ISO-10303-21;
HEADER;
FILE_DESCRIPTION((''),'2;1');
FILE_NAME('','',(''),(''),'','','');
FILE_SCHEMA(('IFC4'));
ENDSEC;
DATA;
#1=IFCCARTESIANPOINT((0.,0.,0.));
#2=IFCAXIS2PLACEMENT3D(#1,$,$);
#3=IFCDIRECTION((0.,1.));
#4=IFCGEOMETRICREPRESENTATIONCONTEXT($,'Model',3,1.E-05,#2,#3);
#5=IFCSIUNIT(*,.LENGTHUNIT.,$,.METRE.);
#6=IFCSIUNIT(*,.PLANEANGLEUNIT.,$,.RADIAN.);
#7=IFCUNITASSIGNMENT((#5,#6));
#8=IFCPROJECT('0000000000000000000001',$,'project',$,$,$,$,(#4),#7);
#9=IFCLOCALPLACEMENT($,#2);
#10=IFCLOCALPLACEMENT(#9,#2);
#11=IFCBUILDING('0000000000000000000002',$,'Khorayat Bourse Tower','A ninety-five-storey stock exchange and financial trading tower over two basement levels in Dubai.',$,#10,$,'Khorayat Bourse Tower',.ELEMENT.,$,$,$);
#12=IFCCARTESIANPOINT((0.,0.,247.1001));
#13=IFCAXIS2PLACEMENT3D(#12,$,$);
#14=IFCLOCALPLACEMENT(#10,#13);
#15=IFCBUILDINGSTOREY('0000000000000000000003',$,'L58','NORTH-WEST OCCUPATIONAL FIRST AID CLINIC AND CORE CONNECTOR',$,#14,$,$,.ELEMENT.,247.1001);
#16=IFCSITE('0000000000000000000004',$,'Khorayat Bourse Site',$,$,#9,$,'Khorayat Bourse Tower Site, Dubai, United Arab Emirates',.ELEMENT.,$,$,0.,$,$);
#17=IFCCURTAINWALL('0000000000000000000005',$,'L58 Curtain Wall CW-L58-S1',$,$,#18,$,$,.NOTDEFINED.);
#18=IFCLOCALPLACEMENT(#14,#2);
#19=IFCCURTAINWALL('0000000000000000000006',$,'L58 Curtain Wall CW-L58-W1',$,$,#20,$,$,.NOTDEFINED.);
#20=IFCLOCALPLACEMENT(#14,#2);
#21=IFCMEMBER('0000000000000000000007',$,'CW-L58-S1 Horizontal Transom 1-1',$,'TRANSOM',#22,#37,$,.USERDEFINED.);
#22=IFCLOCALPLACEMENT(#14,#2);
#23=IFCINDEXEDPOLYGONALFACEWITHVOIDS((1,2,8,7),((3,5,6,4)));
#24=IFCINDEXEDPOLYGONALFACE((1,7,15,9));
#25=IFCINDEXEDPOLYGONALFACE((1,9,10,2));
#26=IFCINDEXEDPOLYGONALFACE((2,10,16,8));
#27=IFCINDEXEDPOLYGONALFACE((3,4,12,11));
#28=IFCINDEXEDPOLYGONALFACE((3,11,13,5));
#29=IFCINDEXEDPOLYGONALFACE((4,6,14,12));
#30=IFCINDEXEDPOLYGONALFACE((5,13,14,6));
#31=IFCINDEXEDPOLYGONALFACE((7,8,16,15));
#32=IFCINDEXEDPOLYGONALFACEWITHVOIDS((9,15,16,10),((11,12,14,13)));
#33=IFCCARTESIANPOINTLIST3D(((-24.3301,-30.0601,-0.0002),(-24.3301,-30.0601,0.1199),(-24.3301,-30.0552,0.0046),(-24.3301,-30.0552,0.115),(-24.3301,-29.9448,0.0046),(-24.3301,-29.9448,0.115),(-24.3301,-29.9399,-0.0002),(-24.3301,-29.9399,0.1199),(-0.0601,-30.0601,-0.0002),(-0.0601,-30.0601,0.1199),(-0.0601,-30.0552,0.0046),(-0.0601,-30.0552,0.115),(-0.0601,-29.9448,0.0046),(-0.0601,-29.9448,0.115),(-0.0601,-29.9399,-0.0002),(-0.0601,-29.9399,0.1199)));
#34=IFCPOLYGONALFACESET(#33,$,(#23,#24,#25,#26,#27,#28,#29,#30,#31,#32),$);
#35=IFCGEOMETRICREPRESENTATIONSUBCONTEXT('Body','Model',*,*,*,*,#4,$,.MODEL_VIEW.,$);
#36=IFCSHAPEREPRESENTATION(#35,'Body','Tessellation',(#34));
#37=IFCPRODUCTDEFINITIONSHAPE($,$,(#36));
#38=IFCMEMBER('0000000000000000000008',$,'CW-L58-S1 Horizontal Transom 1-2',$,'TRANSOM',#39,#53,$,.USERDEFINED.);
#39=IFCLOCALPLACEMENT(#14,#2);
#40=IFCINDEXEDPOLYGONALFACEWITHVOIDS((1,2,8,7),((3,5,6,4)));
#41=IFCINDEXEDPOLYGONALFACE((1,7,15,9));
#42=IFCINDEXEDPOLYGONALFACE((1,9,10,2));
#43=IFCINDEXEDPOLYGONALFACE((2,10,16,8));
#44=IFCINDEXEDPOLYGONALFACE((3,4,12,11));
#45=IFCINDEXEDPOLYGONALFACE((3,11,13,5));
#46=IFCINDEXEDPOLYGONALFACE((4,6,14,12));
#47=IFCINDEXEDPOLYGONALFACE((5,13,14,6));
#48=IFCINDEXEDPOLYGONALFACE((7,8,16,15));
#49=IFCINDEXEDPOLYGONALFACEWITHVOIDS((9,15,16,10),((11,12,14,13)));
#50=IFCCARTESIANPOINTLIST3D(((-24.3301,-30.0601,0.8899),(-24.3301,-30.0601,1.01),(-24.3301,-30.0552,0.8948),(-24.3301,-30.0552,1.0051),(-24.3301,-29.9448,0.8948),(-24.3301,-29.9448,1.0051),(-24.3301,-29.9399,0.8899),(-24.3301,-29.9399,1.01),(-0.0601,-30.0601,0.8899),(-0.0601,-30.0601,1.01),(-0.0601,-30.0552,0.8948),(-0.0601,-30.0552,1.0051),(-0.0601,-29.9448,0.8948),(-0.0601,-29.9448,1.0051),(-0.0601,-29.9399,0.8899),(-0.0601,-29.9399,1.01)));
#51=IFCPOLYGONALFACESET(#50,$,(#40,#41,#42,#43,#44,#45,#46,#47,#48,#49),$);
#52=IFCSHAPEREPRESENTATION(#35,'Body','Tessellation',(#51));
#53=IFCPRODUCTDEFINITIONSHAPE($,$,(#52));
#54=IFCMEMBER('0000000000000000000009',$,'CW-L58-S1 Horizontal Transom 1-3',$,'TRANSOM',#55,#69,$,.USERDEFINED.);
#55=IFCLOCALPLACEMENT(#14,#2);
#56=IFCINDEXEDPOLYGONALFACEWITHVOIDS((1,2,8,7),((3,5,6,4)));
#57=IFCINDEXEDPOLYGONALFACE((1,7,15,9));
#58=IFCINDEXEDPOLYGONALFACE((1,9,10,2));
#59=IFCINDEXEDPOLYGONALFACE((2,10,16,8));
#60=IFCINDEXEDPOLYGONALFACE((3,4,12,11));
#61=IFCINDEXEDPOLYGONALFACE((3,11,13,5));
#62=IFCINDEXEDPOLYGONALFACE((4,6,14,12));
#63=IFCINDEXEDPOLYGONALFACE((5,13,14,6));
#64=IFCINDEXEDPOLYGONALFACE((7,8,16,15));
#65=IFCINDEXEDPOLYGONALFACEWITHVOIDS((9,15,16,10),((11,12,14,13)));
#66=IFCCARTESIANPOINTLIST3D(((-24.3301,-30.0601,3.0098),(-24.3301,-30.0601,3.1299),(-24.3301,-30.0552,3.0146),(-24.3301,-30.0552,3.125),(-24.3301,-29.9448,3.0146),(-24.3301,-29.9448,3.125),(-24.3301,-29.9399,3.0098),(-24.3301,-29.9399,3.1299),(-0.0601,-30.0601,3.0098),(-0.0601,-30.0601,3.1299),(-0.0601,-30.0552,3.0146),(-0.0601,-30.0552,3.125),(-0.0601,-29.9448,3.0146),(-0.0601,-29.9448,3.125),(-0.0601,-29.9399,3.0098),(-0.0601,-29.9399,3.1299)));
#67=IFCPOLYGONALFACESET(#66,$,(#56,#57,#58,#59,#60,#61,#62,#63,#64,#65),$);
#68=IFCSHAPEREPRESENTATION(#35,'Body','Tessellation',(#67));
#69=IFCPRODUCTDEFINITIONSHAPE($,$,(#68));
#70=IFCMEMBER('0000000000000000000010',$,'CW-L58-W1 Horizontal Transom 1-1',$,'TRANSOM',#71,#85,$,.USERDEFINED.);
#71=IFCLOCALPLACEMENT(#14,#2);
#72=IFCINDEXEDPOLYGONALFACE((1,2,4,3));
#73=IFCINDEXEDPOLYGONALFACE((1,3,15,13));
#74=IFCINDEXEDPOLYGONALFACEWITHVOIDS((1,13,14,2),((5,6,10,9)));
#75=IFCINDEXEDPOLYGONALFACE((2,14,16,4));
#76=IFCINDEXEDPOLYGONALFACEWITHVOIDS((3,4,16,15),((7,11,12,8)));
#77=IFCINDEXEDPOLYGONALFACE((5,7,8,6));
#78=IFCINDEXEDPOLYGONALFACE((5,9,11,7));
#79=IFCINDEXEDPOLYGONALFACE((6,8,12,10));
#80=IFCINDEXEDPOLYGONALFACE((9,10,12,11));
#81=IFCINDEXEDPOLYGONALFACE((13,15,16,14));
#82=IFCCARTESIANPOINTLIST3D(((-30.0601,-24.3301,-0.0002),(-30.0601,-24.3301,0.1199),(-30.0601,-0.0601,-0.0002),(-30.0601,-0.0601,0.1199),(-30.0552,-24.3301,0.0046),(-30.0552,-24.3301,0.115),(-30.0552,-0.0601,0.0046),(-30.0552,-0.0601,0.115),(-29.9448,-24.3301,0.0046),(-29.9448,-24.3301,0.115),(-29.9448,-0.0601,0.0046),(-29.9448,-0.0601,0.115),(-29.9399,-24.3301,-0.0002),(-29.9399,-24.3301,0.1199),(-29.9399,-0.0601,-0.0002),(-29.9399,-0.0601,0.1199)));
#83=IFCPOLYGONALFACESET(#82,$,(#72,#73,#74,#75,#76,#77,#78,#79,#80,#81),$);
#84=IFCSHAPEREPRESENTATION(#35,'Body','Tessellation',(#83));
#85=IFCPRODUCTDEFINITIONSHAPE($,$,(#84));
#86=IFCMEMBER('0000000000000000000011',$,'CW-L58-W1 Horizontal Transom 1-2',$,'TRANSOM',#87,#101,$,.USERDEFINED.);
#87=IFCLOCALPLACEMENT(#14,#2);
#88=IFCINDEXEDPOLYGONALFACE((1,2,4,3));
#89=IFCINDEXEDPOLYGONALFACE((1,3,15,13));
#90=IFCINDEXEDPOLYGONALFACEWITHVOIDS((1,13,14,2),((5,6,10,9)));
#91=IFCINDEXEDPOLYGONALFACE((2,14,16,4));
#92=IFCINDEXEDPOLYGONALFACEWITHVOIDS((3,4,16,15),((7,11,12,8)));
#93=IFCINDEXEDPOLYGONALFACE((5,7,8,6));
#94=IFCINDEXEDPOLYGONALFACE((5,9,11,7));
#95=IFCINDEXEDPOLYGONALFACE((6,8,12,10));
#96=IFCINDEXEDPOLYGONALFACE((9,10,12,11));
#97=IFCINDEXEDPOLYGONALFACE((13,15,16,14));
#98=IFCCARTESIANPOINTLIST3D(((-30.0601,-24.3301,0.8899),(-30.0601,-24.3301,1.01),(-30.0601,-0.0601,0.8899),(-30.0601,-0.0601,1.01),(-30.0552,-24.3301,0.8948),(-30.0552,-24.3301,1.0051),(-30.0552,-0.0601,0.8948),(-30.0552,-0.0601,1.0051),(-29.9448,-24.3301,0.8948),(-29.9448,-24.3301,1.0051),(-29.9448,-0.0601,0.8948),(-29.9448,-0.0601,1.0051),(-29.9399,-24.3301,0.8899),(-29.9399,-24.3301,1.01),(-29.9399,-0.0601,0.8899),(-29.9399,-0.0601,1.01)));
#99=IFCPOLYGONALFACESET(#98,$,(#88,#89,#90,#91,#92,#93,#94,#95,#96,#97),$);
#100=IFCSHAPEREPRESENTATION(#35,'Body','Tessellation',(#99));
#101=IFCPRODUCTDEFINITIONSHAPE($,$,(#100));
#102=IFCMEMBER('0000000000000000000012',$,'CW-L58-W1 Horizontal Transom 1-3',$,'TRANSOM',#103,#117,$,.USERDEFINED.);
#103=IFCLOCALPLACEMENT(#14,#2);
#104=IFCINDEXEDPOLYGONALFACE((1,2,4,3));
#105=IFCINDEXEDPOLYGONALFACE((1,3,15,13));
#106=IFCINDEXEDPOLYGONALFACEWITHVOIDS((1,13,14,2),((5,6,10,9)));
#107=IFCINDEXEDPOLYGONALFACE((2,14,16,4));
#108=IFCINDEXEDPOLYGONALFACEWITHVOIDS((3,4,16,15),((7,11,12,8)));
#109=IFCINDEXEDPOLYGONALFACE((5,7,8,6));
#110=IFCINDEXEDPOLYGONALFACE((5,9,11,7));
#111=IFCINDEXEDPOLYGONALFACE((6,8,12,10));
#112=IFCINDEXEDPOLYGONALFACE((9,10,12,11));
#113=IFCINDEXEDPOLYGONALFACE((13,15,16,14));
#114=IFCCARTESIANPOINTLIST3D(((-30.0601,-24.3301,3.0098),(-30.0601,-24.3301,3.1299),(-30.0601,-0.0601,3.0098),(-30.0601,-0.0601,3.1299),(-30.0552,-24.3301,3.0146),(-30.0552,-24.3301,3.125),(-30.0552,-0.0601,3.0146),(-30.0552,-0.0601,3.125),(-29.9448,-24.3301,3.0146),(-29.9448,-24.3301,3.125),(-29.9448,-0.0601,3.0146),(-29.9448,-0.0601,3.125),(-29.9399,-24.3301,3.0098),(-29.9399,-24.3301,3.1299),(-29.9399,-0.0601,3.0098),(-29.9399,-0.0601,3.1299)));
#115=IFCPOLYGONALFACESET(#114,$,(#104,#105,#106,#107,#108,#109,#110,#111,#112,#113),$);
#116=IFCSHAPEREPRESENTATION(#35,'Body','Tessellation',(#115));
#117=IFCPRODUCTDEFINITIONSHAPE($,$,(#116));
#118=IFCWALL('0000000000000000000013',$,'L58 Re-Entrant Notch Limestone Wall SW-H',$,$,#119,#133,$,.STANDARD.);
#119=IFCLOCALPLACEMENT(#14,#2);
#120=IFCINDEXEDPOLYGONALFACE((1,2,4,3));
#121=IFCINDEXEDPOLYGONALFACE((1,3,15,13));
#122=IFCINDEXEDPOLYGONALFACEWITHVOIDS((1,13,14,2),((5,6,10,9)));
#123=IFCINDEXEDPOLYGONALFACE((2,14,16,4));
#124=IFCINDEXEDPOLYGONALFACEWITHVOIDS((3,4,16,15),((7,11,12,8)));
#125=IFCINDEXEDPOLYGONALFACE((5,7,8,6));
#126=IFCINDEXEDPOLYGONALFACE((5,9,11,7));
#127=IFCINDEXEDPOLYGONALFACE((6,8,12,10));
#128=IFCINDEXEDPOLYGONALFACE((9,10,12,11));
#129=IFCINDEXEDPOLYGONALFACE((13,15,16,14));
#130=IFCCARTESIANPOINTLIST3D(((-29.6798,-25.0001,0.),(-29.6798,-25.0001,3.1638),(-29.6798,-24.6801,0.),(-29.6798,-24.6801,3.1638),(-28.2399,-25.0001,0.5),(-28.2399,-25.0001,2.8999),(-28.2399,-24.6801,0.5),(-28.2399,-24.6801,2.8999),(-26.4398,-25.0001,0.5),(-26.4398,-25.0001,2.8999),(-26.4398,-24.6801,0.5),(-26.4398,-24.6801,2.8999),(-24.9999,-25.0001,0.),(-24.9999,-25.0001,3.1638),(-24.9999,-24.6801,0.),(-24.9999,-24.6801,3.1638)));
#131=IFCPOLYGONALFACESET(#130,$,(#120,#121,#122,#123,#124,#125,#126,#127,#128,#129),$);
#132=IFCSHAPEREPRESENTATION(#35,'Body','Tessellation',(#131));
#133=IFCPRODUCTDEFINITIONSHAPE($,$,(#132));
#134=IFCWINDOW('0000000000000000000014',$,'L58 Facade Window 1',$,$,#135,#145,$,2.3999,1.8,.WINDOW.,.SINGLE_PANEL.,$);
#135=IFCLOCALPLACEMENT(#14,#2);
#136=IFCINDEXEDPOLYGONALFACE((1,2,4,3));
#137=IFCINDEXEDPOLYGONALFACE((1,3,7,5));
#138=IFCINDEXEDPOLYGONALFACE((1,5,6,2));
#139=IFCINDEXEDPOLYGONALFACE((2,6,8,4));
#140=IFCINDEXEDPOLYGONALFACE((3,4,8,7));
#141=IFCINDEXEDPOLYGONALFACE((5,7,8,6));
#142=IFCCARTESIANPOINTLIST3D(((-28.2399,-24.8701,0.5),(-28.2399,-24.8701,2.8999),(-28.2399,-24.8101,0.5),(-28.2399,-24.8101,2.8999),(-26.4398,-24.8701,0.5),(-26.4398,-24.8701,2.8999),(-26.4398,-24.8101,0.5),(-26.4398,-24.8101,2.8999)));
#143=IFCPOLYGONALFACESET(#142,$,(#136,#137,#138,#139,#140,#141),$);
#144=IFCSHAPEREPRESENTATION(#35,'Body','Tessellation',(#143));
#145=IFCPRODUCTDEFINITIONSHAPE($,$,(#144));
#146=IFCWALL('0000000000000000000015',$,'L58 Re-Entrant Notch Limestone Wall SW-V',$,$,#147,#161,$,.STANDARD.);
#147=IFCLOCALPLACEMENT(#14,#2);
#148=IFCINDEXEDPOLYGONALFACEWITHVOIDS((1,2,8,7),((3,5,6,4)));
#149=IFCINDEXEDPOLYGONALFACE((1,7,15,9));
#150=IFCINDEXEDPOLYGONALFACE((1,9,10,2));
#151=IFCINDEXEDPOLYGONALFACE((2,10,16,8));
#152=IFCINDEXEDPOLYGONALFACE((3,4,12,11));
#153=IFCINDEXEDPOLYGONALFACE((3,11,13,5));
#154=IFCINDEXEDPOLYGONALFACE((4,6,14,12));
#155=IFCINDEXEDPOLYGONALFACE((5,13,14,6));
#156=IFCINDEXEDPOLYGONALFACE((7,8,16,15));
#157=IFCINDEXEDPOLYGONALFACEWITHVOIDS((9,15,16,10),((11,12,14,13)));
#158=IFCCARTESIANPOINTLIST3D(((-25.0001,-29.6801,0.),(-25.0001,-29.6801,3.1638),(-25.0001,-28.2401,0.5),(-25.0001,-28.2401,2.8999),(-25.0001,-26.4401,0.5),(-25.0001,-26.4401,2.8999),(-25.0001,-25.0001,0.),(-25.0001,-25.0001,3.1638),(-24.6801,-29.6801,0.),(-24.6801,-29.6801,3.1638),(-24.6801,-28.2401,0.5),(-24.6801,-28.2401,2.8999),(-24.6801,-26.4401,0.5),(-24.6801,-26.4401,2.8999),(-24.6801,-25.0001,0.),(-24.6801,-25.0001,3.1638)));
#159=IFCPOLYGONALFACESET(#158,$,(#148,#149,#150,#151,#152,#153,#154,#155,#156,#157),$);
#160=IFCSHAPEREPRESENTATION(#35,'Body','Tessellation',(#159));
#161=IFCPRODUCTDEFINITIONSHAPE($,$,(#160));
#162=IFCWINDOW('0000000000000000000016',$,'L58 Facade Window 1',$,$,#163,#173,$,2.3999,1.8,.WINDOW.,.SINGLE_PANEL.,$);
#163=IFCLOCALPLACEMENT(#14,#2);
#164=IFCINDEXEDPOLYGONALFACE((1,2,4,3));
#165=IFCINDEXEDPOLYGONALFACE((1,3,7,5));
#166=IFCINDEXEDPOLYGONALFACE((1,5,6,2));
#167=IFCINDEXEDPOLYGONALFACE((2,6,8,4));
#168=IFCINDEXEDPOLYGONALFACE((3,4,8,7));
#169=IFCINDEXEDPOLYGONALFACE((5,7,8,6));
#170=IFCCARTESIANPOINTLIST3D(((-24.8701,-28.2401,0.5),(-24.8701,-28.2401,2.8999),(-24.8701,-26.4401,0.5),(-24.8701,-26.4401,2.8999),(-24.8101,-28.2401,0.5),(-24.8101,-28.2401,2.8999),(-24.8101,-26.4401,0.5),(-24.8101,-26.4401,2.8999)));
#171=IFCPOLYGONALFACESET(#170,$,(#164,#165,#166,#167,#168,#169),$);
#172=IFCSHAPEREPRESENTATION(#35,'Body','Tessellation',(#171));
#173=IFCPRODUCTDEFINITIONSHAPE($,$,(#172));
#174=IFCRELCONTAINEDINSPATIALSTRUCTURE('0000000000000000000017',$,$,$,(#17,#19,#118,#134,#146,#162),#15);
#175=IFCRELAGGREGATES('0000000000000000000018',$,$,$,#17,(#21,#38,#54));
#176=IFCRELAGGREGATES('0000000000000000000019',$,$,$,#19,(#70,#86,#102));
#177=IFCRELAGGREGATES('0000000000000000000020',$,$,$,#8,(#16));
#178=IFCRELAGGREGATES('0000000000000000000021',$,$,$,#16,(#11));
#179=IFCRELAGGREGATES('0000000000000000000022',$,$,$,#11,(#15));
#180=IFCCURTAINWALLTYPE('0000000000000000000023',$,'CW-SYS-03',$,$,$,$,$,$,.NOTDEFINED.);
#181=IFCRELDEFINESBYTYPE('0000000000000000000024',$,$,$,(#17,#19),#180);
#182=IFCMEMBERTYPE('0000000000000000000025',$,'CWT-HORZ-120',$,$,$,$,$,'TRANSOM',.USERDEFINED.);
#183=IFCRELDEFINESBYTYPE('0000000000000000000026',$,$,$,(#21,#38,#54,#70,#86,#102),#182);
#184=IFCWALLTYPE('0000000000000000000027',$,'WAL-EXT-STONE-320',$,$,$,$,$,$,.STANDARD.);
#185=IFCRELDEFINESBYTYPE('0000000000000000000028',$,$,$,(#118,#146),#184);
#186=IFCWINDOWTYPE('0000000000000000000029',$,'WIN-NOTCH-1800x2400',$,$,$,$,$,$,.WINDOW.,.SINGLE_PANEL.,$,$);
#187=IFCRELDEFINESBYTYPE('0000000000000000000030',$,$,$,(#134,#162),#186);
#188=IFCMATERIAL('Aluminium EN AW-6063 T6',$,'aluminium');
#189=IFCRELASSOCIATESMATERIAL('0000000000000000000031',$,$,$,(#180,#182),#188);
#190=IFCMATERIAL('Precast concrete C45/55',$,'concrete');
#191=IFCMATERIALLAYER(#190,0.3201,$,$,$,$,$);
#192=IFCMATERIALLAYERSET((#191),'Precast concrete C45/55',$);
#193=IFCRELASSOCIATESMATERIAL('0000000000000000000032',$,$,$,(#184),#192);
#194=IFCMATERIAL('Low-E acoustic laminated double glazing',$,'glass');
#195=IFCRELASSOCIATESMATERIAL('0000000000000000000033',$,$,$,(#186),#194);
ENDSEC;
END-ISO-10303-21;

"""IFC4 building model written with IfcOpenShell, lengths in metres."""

from ifc_helpers import new_model, si_unit, direction, frame, frame_2d, origin, origin_2d, place, context, subcontext, project, spatial, rectangle, hollow_rectangle, extrude, source, transform, mapped, material, layer, layer_set, material_profile, profile_set, type_object, element, fill, aggregate, save


model = new_model("IFC4")

# Units and contexts
model_context = context("Model", 3, precision=1e-05, world=origin(), true_north=direction((0.0, 1.0)))
body_context = subcontext(model_context, "Body", "Model", "MODEL_VIEW")
ifc_project = project(units=[si_unit("LENGTHUNIT", "METRE"), si_unit("PLANEANGLEUNIT", "RADIAN")], contexts=[model_context])

# Site, building, storey
site_placement = place(None, origin())
site = spatial("IfcSite", under=ifc_project, at=site_placement, Name="Khorayat Bourse Site", LongName="Khorayat Bourse Tower Site, Dubai, United Arab Emirates", CompositionType="ELEMENT", RefElevation=0.0)
building_placement = place(site_placement, origin())
building = spatial("IfcBuilding", under=site, at=building_placement, Name="Khorayat Bourse Tower", Description="A ninety-five-storey stock exchange and financial trading tower over two basement levels in Dubai.", LongName="Khorayat Bourse Tower", CompositionType="ELEMENT")
storey_placement = place(building_placement, frame((0.0, 0.0, 247.1001)))
storey = spatial("IfcBuildingStorey", under=building, at=storey_placement, Name="L58", Description="NORTH-WEST OCCUPATIONAL FIRST AID CLINIC AND CORE CONNECTOR", CompositionType="ELEMENT", Elevation=247.1001)

# Curtain walls
ifc_material_1 = material(Name="Aluminium EN AW-6063 T6", Category="aluminium")
curtain_wall_type = type_object("IfcCurtainWallType", Name="CW-SYS-03", PredefinedType="NOTDEFINED", material=ifc_material_1)
curtain_wall_1_placement = place(storey_placement, origin())
curtain_wall_1 = element("IfcCurtainWall", 1, at=curtain_wall_1_placement, inside=storey, type_object=curtain_wall_type, Name="L58 Curtain Wall CW-L58-S1", PredefinedType="NOTDEFINED")
curtain_wall_2_placement = place(storey_placement, origin())
curtain_wall_2 = element("IfcCurtainWall", 2, at=curtain_wall_2_placement, inside=storey, type_object=curtain_wall_type, Name="L58 Curtain Wall CW-L58-W1", PredefinedType="NOTDEFINED")

# Members
ifc_material_profile_1 = material_profile(ifc_material_1, hollow_rectangle(XDim=0.1201, YDim=0.1201, WallThickness=0.0049, at=origin_2d()), Name="ALU 120x120x5")
ifc_profile_set_1 = profile_set([ifc_material_profile_1], Name="Aluminium EN AW-6063 T6")
member_type_1 = type_object("IfcMemberType", Name="CWT-HORZ-120", ElementType="TRANSOM", PredefinedType="USERDEFINED", material=ifc_profile_set_1)
shared_shape_1 = source(origin(), body_context, "Body", "SweptSolid", [
    extrude(hollow_rectangle(XDim=0.1201, YDim=0.1201, WallThickness=0.0049, at=origin_2d()), origin(), (0.0, 0.0, 1.0), 24.27),
])
member_1_placement = place(storey_placement, frame((-24.3301, -30.0, 0.0598), z_axis=(1.0, 0.0, 0.0), x_axis=(0.0, 1.0, 0.0)))
member_1 = element("IfcMember", 3, at=member_1_placement, type_object=member_type_1, Name="CW-L58-S1 Horizontal Transom 1-1", ObjectType="TRANSOM", PredefinedType="USERDEFINED", context=body_context, shape_type="MappedRepresentation", body=[
    mapped(shared_shape_1, transform((0.0, 0.0, 0.0), scale=1.0)),
])
member_2_placement = place(storey_placement, frame((-24.3301, -30.0, 0.95), z_axis=(1.0, 0.0, 0.0), x_axis=(0.0, 1.0, 0.0)))
member_2 = element("IfcMember", 4, at=member_2_placement, type_object=member_type_1, Name="CW-L58-S1 Horizontal Transom 1-2", ObjectType="TRANSOM", PredefinedType="USERDEFINED", context=body_context, shape_type="MappedRepresentation", body=[
    mapped(shared_shape_1, transform((0.0, 0.0, 0.0), scale=1.0)),
])
member_3_placement = place(storey_placement, frame((-24.3301, -30.0, 3.0698), z_axis=(1.0, 0.0, 0.0), x_axis=(0.0, 1.0, 0.0)))
member_3 = element("IfcMember", 5, at=member_3_placement, type_object=member_type_1, Name="CW-L58-S1 Horizontal Transom 1-3", ObjectType="TRANSOM", PredefinedType="USERDEFINED", context=body_context, shape_type="MappedRepresentation", body=[
    mapped(shared_shape_1, transform((0.0, 0.0, 0.0), scale=1.0)),
])
aggregate(curtain_wall_1, [member_1, member_2, member_3])
member_4_placement = place(storey_placement, frame((-30.0, -24.3301, 0.0598), z_axis=(0.0, 1.0, 0.0), x_axis=(-1.0, 0.0, 0.0)))
member_4 = element("IfcMember", 6, at=member_4_placement, type_object=member_type_1, Name="CW-L58-W1 Horizontal Transom 1-1", ObjectType="TRANSOM", PredefinedType="USERDEFINED", context=body_context, shape_type="MappedRepresentation", body=[
    mapped(shared_shape_1, transform((0.0, 0.0, 0.0), scale=1.0)),
])
member_5_placement = place(storey_placement, frame((-30.0, -24.3301, 0.95), z_axis=(0.0, 1.0, 0.0), x_axis=(-1.0, 0.0, 0.0)))
member_5 = element("IfcMember", 7, at=member_5_placement, type_object=member_type_1, Name="CW-L58-W1 Horizontal Transom 1-2", ObjectType="TRANSOM", PredefinedType="USERDEFINED", context=body_context, shape_type="MappedRepresentation", body=[
    mapped(shared_shape_1, transform((0.0, 0.0, 0.0), scale=1.0)),
])
member_6_placement = place(storey_placement, frame((-30.0, -24.3301, 3.0698), z_axis=(0.0, 1.0, 0.0), x_axis=(-1.0, 0.0, 0.0)))
member_6 = element("IfcMember", 8, at=member_6_placement, type_object=member_type_1, Name="CW-L58-W1 Horizontal Transom 1-3", ObjectType="TRANSOM", PredefinedType="USERDEFINED", context=body_context, shape_type="MappedRepresentation", body=[
    mapped(shared_shape_1, transform((0.0, 0.0, 0.0), scale=1.0)),
])
aggregate(curtain_wall_2, [member_4, member_5, member_6])

# Walls, openings, windows
ifc_material_2 = material(Name="Precast concrete C45/55", Category="concrete")
ifc_layer = layer(ifc_material_2, 0.3201)
ifc_layer_set = layer_set([ifc_layer], Name="Precast concrete C45/55")
wall_type = type_object("IfcWallType", Name="WAL-EXT-STONE-320", PredefinedType="STANDARD", material=ifc_layer_set)
shared_shape_2 = source(origin(), body_context, "Body", "SweptSolid", [
    extrude(rectangle(XDim=4.6799, YDim=0.3201, at=frame_2d((2.3398, 0.0))), origin(), (0.0, 0.0, 1.0), 3.1638),
])
wall_1_placement = place(storey_placement, frame((-25.0, -24.8401, 0.0), z_axis=(0.0, 0.0, 1.0), x_axis=(-1.0, 0.0, 0.0)))
wall_1 = element("IfcWall", 9, at=wall_1_placement, inside=storey, type_object=wall_type, Name="L58 Re-Entrant Notch Limestone Wall SW-H", PredefinedType="STANDARD", context=body_context, shape_type="MappedRepresentation", body=[
    mapped(shared_shape_2, transform((0.0, 0.0, 0.0), scale=1.0)),
])
shared_shape_3 = source(origin(), body_context, "Body", "SweptSolid", [
    extrude(rectangle(XDim=1.8, YDim=2.3999, at=frame_2d((0.8999, 1.2))), frame((0.0, 0.1699, 0.0), z_axis=(0.0, -1.0, 0.0), x_axis=(1.0, 0.0, 0.0)), (0.0, 0.0, 1.0), 0.3401),
])
opening_1_placement = place(wall_1_placement, frame((1.4399, 0.0, 0.5)))
opening_1 = element("IfcOpeningElement", 10, at=opening_1_placement, cuts=wall_1, PredefinedType="OPENING", context=body_context, shape_type="MappedRepresentation", body=[
    mapped(shared_shape_3, transform((0.0, 0.0, 0.0), scale=1.0)),
])
ifc_material_3 = material(Name="Low-E acoustic laminated double glazing", Category="glass")
window_type = type_object("IfcWindowType", Name="WIN-NOTCH-1800x2400", PartitioningType="SINGLE_PANEL", PredefinedType="WINDOW", material=ifc_material_3)
shared_shape_4 = source(origin(), body_context, "Body", "SweptSolid", [
    extrude(rectangle(XDim=1.8, YDim=2.3999, at=frame_2d((0.8999, 1.2))), frame((0.0, 0.03, 0.0), z_axis=(0.0, -1.0, 0.0), x_axis=(1.0, 0.0, 0.0)), (0.0, 0.0, 1.0), 0.0601),
])
window_1_placement = place(opening_1_placement, origin())
window_1 = element("IfcWindow", 11, at=window_1_placement, inside=storey, type_object=window_type, Name="L58 Facade Window 1", OverallHeight=2.3999, OverallWidth=1.8, PartitioningType="SINGLE_PANEL", PredefinedType="WINDOW", context=body_context, shape_type="MappedRepresentation", body=[
    mapped(shared_shape_4, transform((0.0, 0.0, 0.0), scale=1.0)),
])
fill(opening_1, window_1)
wall_2_placement = place(storey_placement, frame((-24.8401, -29.6799, 0.0), z_axis=(0.0, 0.0, 1.0), x_axis=(0.0, 1.0, 0.0)))
wall_2 = element("IfcWall", 12, at=wall_2_placement, inside=storey, type_object=wall_type, Name="L58 Re-Entrant Notch Limestone Wall SW-V", PredefinedType="STANDARD", context=body_context, shape_type="MappedRepresentation", body=[
    mapped(shared_shape_2, transform((0.0, 0.0, 0.0), scale=1.0)),
])
opening_2_placement = place(wall_2_placement, frame((1.4399, 0.0, 0.5)))
opening_2 = element("IfcOpeningElement", 13, at=opening_2_placement, cuts=wall_2, PredefinedType="OPENING", context=body_context, shape_type="MappedRepresentation", body=[
    mapped(shared_shape_3, transform((0.0, 0.0, 0.0), scale=1.0)),
])
window_2_placement = place(opening_2_placement, origin())
window_2 = element("IfcWindow", 14, at=window_2_placement, inside=storey, type_object=window_type, Name="L58 Facade Window 1", OverallHeight=2.3999, OverallWidth=1.8, PartitioningType="SINGLE_PANEL", PredefinedType="WINDOW", context=body_context, shape_type="MappedRepresentation", body=[
    mapped(shared_shape_4, transform((0.0, 0.0, 0.0), scale=1.0)),
])
fill(opening_2, window_2)

save(model, "model.ifc")
